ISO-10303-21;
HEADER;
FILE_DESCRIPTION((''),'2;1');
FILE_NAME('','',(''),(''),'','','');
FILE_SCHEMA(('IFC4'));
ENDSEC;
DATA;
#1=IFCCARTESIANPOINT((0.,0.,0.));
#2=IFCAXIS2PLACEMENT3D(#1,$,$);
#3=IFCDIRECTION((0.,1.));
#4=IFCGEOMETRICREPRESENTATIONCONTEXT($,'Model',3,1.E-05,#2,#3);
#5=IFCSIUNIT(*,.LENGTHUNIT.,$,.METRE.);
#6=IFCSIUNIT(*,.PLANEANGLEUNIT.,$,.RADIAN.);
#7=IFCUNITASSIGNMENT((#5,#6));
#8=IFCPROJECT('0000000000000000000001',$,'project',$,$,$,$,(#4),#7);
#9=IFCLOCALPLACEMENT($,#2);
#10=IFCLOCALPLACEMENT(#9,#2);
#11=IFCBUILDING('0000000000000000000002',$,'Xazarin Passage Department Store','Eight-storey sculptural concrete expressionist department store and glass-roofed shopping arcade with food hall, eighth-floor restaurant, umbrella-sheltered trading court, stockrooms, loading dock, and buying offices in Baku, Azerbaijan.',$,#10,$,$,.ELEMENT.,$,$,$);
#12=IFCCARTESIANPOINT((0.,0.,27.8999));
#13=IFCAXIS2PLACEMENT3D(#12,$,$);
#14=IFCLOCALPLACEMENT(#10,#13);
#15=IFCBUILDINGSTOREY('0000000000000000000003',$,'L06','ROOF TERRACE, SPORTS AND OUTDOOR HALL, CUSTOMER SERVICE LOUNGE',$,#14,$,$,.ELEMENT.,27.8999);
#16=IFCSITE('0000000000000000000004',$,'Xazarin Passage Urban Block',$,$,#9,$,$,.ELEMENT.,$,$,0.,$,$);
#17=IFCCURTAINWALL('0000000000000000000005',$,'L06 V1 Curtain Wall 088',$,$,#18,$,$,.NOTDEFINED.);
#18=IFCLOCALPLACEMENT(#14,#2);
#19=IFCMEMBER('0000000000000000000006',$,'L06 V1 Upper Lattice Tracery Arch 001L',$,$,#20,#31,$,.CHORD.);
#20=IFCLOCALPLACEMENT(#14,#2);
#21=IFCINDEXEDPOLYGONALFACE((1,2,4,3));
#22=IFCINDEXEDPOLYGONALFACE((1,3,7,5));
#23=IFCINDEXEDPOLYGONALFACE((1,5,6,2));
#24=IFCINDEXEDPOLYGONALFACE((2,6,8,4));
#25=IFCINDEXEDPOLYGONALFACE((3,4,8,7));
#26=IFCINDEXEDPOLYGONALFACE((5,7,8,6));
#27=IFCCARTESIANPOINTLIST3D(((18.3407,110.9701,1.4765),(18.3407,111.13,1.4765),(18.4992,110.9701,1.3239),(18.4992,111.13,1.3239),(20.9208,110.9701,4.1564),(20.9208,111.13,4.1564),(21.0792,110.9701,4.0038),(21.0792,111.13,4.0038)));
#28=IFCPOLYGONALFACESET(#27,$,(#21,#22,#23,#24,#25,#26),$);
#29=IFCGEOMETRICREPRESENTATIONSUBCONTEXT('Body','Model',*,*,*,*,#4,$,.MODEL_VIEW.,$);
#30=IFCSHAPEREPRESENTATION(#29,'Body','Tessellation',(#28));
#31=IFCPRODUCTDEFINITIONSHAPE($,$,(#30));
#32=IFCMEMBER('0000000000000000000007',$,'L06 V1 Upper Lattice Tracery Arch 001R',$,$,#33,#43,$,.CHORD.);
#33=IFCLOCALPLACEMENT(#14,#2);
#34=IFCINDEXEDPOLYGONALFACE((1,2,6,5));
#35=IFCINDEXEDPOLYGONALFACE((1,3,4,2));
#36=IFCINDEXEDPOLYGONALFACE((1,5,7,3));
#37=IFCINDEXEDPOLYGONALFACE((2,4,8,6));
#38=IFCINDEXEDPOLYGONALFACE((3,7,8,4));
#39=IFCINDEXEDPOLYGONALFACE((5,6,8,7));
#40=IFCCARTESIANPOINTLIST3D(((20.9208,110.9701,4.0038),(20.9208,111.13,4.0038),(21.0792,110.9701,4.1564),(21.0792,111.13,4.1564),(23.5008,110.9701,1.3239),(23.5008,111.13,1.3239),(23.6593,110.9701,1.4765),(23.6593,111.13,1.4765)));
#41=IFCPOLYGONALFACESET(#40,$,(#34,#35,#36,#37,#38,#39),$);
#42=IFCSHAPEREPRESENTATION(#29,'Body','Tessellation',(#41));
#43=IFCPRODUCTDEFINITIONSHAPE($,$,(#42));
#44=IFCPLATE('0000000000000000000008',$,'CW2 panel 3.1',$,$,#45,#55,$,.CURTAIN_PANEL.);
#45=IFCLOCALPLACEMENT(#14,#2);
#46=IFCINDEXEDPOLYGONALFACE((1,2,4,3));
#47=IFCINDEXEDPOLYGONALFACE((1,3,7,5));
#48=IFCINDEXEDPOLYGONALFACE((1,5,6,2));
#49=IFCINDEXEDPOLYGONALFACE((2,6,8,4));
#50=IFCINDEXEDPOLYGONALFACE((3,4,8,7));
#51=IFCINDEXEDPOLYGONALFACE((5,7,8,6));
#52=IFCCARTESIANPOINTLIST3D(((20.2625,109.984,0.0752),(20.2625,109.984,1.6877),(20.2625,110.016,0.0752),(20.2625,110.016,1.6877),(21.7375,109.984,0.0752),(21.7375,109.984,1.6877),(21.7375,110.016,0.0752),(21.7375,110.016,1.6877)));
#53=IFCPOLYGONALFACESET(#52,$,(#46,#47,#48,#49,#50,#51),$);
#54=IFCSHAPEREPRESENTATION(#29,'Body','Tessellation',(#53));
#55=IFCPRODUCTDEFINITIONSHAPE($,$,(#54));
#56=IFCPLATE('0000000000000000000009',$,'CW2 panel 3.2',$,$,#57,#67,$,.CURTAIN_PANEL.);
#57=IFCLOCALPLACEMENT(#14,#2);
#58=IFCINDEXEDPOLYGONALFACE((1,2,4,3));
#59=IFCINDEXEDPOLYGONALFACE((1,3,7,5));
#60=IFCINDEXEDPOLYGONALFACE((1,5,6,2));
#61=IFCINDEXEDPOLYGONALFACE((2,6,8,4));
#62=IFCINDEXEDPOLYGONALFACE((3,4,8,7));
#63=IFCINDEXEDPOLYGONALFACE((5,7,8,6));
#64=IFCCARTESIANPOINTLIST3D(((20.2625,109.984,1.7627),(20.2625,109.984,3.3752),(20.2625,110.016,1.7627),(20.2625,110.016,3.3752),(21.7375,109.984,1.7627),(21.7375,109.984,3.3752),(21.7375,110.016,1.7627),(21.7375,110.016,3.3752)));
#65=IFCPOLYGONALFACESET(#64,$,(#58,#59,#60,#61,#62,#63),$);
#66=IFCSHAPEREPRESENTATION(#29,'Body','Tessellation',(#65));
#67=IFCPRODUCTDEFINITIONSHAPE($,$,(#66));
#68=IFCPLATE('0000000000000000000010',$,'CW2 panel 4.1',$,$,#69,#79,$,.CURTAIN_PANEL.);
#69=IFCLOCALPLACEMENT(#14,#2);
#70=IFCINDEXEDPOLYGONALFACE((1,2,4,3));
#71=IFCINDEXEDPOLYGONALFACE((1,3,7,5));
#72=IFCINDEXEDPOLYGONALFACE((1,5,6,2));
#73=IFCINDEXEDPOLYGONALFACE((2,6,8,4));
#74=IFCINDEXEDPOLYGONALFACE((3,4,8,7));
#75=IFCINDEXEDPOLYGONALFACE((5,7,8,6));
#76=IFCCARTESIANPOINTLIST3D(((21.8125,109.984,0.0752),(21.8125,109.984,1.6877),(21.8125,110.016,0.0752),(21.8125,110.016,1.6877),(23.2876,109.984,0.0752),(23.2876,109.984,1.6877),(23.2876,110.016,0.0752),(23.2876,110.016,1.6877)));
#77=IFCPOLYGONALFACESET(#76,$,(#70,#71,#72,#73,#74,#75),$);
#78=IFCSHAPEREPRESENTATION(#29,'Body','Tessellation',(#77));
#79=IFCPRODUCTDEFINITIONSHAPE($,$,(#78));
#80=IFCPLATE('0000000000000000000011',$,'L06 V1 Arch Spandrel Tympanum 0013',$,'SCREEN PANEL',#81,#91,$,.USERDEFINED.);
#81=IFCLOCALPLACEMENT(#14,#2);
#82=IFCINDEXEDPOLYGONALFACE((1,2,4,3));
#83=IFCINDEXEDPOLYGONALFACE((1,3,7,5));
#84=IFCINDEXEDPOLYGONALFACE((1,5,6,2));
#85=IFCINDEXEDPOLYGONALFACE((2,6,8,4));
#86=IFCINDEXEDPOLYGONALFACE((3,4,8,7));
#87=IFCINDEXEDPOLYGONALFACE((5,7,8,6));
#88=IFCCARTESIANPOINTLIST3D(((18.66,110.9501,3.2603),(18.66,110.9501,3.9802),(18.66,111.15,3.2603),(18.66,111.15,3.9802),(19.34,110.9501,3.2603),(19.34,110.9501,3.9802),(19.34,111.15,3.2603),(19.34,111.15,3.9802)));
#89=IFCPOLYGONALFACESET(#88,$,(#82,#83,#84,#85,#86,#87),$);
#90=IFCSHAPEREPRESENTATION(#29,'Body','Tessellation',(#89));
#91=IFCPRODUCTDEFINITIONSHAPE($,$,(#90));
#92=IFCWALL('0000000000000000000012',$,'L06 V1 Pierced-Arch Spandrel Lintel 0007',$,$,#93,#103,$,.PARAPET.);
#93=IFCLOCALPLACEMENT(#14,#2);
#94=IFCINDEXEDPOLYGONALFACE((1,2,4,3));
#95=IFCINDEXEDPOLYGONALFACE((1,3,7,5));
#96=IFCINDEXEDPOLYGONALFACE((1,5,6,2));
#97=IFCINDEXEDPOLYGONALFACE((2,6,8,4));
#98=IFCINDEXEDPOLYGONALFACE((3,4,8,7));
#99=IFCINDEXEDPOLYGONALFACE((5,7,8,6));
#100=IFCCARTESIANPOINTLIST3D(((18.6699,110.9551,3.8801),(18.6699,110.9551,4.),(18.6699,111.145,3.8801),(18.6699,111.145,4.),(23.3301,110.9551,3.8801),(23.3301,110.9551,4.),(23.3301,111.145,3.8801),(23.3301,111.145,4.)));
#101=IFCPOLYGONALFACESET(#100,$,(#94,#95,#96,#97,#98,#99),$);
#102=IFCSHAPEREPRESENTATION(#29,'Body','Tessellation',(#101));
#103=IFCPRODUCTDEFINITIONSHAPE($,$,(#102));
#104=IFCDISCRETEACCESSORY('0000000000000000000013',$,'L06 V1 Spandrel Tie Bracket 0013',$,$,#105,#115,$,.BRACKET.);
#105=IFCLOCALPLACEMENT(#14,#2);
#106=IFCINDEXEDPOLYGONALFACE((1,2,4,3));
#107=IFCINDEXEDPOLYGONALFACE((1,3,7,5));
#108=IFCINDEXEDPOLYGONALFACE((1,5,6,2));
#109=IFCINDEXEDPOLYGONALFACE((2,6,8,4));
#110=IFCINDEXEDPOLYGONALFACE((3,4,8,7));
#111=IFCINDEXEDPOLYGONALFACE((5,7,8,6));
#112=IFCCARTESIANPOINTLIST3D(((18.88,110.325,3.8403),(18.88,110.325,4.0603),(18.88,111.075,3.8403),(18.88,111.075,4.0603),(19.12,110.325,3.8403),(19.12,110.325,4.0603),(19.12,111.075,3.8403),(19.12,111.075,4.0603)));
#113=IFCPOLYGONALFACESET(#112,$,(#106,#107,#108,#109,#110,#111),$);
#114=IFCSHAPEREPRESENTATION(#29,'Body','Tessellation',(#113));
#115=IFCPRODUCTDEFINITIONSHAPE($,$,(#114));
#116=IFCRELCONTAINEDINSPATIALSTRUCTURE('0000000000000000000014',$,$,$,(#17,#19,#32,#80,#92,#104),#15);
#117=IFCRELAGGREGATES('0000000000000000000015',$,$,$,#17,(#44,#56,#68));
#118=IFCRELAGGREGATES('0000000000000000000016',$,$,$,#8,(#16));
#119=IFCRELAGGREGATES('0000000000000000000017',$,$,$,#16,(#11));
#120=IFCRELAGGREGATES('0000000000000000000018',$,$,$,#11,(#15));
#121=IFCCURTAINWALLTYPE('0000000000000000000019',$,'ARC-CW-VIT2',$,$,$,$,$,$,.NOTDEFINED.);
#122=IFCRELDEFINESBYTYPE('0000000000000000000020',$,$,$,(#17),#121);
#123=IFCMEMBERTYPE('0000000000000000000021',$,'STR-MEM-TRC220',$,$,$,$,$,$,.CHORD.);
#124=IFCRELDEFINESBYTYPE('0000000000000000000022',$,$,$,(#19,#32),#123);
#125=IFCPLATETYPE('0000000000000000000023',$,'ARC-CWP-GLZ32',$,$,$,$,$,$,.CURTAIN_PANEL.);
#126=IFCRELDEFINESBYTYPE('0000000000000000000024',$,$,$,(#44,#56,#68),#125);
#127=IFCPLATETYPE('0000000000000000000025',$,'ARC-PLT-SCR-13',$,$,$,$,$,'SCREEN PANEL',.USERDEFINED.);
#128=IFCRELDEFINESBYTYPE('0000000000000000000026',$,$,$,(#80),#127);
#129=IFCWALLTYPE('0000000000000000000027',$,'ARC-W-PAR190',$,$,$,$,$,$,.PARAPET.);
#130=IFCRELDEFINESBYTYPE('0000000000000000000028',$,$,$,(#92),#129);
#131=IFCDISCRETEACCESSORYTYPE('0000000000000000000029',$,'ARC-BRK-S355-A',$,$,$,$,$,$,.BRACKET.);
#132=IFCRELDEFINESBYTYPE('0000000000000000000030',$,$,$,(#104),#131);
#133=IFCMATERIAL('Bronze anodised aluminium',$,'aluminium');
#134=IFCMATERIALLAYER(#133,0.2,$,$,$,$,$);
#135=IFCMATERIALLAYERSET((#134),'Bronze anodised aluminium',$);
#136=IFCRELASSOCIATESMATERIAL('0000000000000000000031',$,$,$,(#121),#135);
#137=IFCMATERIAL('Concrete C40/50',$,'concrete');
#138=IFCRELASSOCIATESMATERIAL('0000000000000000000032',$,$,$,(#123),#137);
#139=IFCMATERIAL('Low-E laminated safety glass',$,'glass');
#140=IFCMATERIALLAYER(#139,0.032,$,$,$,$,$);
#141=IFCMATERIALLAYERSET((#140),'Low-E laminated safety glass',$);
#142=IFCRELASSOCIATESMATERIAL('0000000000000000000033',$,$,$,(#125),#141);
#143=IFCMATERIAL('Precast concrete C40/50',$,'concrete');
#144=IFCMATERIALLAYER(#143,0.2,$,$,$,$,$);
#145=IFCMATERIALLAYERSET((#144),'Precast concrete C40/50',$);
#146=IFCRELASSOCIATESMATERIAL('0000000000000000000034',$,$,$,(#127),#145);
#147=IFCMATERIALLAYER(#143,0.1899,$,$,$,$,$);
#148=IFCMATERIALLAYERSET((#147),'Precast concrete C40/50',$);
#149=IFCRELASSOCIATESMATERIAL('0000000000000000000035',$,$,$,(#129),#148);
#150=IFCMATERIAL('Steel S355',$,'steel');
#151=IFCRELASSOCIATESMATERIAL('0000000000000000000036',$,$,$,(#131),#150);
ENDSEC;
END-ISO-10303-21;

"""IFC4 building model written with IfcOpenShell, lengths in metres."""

from ifc_helpers import new_model, si_unit, direction, frame, frame_2d, origin, origin_2d, place, context, subcontext, project, spatial, rectangle, extrude, material, layer, layer_set, material_profile, profile_set, type_object, element, aggregate, save


model = new_model("IFC4")

# Units and contexts
model_context = context("Model", 3, precision=1e-05, world=origin(), true_north=direction((0.0, 1.0)))
body_context = subcontext(model_context, "Body", "Model", "MODEL_VIEW")
ifc_project = project(units=[si_unit("LENGTHUNIT", "METRE"), si_unit("PLANEANGLEUNIT", "RADIAN")], contexts=[model_context])

# Site, building, storey
site_placement = place(None, origin())
site = spatial("IfcSite", under=ifc_project, at=site_placement, Name="Xazarin Passage Urban Block", CompositionType="ELEMENT", RefElevation=0.0)
building_placement = place(site_placement, origin())
building = spatial("IfcBuilding", under=site, at=building_placement, Name="Xazarin Passage Department Store", Description="Eight-storey sculptural concrete expressionist department store and glass-roofed shopping arcade with food hall, eighth-floor restaurant, umbrella-sheltered trading court, stockrooms, loading dock, and buying offices in Baku, Azerbaijan.", CompositionType="ELEMENT")
storey_placement = place(building_placement, frame((0.0, 0.0, 27.8999)))
storey = spatial("IfcBuildingStorey", under=building, at=storey_placement, Name="L06", Description="ROOF TERRACE, SPORTS AND OUTDOOR HALL, CUSTOMER SERVICE LOUNGE", CompositionType="ELEMENT", Elevation=27.8999)

# Shared definitions
ifc_material_1 = material(Name="Concrete C40/50", Category="concrete")

# Curtain wall
ifc_material_2 = material(Name="Bronze anodised aluminium", Category="aluminium")
ifc_layer_1 = layer(ifc_material_2, 0.2)
ifc_layer_set_1 = layer_set([ifc_layer_1], Name="Bronze anodised aluminium")
curtain_wall_type = type_object("IfcCurtainWallType", Name="ARC-CW-VIT2", PredefinedType="NOTDEFINED", material=ifc_layer_set_1)
curtain_wall_placement = place(storey_placement, origin())
curtain_wall = element("IfcCurtainWall", 1, at=curtain_wall_placement, inside=storey, type_object=curtain_wall_type, Name="L06 V1 Curtain Wall 088", PredefinedType="NOTDEFINED")

# Members
ifc_material_profile_1 = material_profile(ifc_material_1, rectangle(XDim=0.1599, YDim=0.22, at=origin_2d()), Name="RC 160x220")
ifc_profile_set_1 = profile_set([ifc_material_profile_1], Name="Concrete C40/50")
member_type_1 = type_object("IfcMemberType", Name="STR-MEM-TRC220", PredefinedType="CHORD", material=ifc_profile_set_1)
for number, where, z_axis, x_axis, name in (
    (2, (21.0, 111.05, 4.0801), (-0.693558, 0.0, -0.7204), (0.0, -1.0, 0.0), "L06 V1 Upper Lattice Tracery Arch 001L"),
    (3, (21.0, 111.05, 4.0801), (0.693558, 0.0, -0.7204), (0.0, 1.0, 0.0), "L06 V1 Upper Lattice Tracery Arch 001R"),
):
    element("IfcMember", number, at=place(storey_placement, frame(where, z_axis=z_axis, x_axis=x_axis)), inside=storey, type_object=member_type_1, Name=name, PredefinedType="CHORD", context=body_context, shape_type="SweptSolid", body=[
        extrude(rectangle(XDim=0.1599, YDim=0.22, at=origin_2d()), origin(), (0.0, 0.0, 1.0), 3.72),
    ])

# Plates
ifc_material_3 = material(Name="Low-E laminated safety glass", Category="glass")
ifc_layer_2 = layer(ifc_material_3, 0.032)
ifc_layer_set_2 = layer_set([ifc_layer_2], Name="Low-E laminated safety glass")
plate_type_1 = type_object("IfcPlateType", Name="ARC-CWP-GLZ32", PredefinedType="CURTAIN_PANEL", material=ifc_layer_set_2)
plate_1_placement = place(storey_placement, frame((21.0, 110.0, 0.0752), z_axis=(0.0, 0.0, 1.0), x_axis=(1.0, 0.0, 0.0)))
plate_1 = element("IfcPlate", 4, at=plate_1_placement, type_object=plate_type_1, Name="CW2 panel 3.1", PredefinedType="CURTAIN_PANEL", context=body_context, shape_type="SweptSolid", body=[
    extrude(rectangle(XDim=1.4751, YDim=0.032, at=origin_2d()), origin(), (0.0, 0.0, 1.0), 1.6125),
])
plate_2_placement = place(storey_placement, frame((21.0, 110.0, 1.7627), z_axis=(0.0, 0.0, 1.0), x_axis=(1.0, 0.0, 0.0)))
plate_2 = element("IfcPlate", 5, at=plate_2_placement, type_object=plate_type_1, Name="CW2 panel 3.2", PredefinedType="CURTAIN_PANEL", context=body_context, shape_type="SweptSolid", body=[
    extrude(rectangle(XDim=1.4751, YDim=0.032, at=origin_2d()), origin(), (0.0, 0.0, 1.0), 1.6125),
])
plate_3_placement = place(storey_placement, frame((22.55, 110.0, 0.0752), z_axis=(0.0, 0.0, 1.0), x_axis=(1.0, 0.0, 0.0)))
plate_3 = element("IfcPlate", 6, at=plate_3_placement, type_object=plate_type_1, Name="CW2 panel 4.1", PredefinedType="CURTAIN_PANEL", context=body_context, shape_type="SweptSolid", body=[
    extrude(rectangle(XDim=1.4751, YDim=0.032, at=origin_2d()), origin(), (0.0, 0.0, 1.0), 1.6125),
])
aggregate(curtain_wall, [plate_1, plate_2, plate_3])
ifc_material_4 = material(Name="Precast concrete C40/50", Category="concrete")
ifc_layer_3 = layer(ifc_material_4, 0.2)
ifc_layer_set_3 = layer_set([ifc_layer_3], Name="Precast concrete C40/50")
plate_type_2 = type_object("IfcPlateType", Name="ARC-PLT-SCR-13", ElementType="SCREEN PANEL", PredefinedType="USERDEFINED", material=ifc_layer_set_3)
plate_4_placement = place(storey_placement, frame((19.0, 111.05, 3.2603), z_axis=(0.0, 0.0, 1.0), x_axis=(1.0, 0.0, 0.0)))
element("IfcPlate", 7, at=plate_4_placement, inside=storey, type_object=plate_type_2, Name="L06 V1 Arch Spandrel Tympanum 0013", ObjectType="SCREEN PANEL", PredefinedType="USERDEFINED", context=body_context, shape_type="SweptSolid", body=[
    extrude(rectangle(XDim=0.6799, YDim=0.2, at=origin_2d()), origin(), (0.0, 0.0, 1.0), 0.72),
])

# Wall
ifc_layer_4 = layer(ifc_material_4, 0.1899)
ifc_layer_set_4 = layer_set([ifc_layer_4], Name="Precast concrete C40/50")
wall_type = type_object("IfcWallType", Name="ARC-W-PAR190", PredefinedType="PARAPET", material=ifc_layer_set_4)
wall_placement = place(storey_placement, frame((18.6699, 111.05, 3.8801), z_axis=(0.0, 0.0, 1.0), x_axis=(1.0, 0.0, 0.0)))
element("IfcWall", 8, at=wall_placement, inside=storey, type_object=wall_type, Name="L06 V1 Pierced-Arch Spandrel Lintel 0007", PredefinedType="PARAPET", context=body_context, shape_type="SweptSolid", body=[
    extrude(rectangle(XDim=4.6602, YDim=0.1899, at=frame_2d((2.3301, 0.0))), origin(), (0.0, 0.0, 1.0), 0.1199),
])

# Discrete accessory
ifc_material_5 = material(Name="Steel S355", Category="steel")
discrete_accessory_type = type_object("IfcDiscreteAccessoryType", Name="ARC-BRK-S355-A", PredefinedType="BRACKET", material=ifc_material_5)
discrete_accessory_placement = place(storey_placement, frame((19.0, 110.7, 3.8403), z_axis=(0.0, 0.0, 1.0), x_axis=(1.0, 0.0, 0.0)))
element("IfcDiscreteAccessory", 9, at=discrete_accessory_placement, inside=storey, type_object=discrete_accessory_type, Name="L06 V1 Spandrel Tie Bracket 0013", PredefinedType="BRACKET", context=body_context, shape_type="SweptSolid", body=[
    extrude(rectangle(XDim=0.24, YDim=0.75, at=origin_2d()), origin(), (0.0, 0.0, 1.0), 0.22),
])

save(model, "model.ifc")
